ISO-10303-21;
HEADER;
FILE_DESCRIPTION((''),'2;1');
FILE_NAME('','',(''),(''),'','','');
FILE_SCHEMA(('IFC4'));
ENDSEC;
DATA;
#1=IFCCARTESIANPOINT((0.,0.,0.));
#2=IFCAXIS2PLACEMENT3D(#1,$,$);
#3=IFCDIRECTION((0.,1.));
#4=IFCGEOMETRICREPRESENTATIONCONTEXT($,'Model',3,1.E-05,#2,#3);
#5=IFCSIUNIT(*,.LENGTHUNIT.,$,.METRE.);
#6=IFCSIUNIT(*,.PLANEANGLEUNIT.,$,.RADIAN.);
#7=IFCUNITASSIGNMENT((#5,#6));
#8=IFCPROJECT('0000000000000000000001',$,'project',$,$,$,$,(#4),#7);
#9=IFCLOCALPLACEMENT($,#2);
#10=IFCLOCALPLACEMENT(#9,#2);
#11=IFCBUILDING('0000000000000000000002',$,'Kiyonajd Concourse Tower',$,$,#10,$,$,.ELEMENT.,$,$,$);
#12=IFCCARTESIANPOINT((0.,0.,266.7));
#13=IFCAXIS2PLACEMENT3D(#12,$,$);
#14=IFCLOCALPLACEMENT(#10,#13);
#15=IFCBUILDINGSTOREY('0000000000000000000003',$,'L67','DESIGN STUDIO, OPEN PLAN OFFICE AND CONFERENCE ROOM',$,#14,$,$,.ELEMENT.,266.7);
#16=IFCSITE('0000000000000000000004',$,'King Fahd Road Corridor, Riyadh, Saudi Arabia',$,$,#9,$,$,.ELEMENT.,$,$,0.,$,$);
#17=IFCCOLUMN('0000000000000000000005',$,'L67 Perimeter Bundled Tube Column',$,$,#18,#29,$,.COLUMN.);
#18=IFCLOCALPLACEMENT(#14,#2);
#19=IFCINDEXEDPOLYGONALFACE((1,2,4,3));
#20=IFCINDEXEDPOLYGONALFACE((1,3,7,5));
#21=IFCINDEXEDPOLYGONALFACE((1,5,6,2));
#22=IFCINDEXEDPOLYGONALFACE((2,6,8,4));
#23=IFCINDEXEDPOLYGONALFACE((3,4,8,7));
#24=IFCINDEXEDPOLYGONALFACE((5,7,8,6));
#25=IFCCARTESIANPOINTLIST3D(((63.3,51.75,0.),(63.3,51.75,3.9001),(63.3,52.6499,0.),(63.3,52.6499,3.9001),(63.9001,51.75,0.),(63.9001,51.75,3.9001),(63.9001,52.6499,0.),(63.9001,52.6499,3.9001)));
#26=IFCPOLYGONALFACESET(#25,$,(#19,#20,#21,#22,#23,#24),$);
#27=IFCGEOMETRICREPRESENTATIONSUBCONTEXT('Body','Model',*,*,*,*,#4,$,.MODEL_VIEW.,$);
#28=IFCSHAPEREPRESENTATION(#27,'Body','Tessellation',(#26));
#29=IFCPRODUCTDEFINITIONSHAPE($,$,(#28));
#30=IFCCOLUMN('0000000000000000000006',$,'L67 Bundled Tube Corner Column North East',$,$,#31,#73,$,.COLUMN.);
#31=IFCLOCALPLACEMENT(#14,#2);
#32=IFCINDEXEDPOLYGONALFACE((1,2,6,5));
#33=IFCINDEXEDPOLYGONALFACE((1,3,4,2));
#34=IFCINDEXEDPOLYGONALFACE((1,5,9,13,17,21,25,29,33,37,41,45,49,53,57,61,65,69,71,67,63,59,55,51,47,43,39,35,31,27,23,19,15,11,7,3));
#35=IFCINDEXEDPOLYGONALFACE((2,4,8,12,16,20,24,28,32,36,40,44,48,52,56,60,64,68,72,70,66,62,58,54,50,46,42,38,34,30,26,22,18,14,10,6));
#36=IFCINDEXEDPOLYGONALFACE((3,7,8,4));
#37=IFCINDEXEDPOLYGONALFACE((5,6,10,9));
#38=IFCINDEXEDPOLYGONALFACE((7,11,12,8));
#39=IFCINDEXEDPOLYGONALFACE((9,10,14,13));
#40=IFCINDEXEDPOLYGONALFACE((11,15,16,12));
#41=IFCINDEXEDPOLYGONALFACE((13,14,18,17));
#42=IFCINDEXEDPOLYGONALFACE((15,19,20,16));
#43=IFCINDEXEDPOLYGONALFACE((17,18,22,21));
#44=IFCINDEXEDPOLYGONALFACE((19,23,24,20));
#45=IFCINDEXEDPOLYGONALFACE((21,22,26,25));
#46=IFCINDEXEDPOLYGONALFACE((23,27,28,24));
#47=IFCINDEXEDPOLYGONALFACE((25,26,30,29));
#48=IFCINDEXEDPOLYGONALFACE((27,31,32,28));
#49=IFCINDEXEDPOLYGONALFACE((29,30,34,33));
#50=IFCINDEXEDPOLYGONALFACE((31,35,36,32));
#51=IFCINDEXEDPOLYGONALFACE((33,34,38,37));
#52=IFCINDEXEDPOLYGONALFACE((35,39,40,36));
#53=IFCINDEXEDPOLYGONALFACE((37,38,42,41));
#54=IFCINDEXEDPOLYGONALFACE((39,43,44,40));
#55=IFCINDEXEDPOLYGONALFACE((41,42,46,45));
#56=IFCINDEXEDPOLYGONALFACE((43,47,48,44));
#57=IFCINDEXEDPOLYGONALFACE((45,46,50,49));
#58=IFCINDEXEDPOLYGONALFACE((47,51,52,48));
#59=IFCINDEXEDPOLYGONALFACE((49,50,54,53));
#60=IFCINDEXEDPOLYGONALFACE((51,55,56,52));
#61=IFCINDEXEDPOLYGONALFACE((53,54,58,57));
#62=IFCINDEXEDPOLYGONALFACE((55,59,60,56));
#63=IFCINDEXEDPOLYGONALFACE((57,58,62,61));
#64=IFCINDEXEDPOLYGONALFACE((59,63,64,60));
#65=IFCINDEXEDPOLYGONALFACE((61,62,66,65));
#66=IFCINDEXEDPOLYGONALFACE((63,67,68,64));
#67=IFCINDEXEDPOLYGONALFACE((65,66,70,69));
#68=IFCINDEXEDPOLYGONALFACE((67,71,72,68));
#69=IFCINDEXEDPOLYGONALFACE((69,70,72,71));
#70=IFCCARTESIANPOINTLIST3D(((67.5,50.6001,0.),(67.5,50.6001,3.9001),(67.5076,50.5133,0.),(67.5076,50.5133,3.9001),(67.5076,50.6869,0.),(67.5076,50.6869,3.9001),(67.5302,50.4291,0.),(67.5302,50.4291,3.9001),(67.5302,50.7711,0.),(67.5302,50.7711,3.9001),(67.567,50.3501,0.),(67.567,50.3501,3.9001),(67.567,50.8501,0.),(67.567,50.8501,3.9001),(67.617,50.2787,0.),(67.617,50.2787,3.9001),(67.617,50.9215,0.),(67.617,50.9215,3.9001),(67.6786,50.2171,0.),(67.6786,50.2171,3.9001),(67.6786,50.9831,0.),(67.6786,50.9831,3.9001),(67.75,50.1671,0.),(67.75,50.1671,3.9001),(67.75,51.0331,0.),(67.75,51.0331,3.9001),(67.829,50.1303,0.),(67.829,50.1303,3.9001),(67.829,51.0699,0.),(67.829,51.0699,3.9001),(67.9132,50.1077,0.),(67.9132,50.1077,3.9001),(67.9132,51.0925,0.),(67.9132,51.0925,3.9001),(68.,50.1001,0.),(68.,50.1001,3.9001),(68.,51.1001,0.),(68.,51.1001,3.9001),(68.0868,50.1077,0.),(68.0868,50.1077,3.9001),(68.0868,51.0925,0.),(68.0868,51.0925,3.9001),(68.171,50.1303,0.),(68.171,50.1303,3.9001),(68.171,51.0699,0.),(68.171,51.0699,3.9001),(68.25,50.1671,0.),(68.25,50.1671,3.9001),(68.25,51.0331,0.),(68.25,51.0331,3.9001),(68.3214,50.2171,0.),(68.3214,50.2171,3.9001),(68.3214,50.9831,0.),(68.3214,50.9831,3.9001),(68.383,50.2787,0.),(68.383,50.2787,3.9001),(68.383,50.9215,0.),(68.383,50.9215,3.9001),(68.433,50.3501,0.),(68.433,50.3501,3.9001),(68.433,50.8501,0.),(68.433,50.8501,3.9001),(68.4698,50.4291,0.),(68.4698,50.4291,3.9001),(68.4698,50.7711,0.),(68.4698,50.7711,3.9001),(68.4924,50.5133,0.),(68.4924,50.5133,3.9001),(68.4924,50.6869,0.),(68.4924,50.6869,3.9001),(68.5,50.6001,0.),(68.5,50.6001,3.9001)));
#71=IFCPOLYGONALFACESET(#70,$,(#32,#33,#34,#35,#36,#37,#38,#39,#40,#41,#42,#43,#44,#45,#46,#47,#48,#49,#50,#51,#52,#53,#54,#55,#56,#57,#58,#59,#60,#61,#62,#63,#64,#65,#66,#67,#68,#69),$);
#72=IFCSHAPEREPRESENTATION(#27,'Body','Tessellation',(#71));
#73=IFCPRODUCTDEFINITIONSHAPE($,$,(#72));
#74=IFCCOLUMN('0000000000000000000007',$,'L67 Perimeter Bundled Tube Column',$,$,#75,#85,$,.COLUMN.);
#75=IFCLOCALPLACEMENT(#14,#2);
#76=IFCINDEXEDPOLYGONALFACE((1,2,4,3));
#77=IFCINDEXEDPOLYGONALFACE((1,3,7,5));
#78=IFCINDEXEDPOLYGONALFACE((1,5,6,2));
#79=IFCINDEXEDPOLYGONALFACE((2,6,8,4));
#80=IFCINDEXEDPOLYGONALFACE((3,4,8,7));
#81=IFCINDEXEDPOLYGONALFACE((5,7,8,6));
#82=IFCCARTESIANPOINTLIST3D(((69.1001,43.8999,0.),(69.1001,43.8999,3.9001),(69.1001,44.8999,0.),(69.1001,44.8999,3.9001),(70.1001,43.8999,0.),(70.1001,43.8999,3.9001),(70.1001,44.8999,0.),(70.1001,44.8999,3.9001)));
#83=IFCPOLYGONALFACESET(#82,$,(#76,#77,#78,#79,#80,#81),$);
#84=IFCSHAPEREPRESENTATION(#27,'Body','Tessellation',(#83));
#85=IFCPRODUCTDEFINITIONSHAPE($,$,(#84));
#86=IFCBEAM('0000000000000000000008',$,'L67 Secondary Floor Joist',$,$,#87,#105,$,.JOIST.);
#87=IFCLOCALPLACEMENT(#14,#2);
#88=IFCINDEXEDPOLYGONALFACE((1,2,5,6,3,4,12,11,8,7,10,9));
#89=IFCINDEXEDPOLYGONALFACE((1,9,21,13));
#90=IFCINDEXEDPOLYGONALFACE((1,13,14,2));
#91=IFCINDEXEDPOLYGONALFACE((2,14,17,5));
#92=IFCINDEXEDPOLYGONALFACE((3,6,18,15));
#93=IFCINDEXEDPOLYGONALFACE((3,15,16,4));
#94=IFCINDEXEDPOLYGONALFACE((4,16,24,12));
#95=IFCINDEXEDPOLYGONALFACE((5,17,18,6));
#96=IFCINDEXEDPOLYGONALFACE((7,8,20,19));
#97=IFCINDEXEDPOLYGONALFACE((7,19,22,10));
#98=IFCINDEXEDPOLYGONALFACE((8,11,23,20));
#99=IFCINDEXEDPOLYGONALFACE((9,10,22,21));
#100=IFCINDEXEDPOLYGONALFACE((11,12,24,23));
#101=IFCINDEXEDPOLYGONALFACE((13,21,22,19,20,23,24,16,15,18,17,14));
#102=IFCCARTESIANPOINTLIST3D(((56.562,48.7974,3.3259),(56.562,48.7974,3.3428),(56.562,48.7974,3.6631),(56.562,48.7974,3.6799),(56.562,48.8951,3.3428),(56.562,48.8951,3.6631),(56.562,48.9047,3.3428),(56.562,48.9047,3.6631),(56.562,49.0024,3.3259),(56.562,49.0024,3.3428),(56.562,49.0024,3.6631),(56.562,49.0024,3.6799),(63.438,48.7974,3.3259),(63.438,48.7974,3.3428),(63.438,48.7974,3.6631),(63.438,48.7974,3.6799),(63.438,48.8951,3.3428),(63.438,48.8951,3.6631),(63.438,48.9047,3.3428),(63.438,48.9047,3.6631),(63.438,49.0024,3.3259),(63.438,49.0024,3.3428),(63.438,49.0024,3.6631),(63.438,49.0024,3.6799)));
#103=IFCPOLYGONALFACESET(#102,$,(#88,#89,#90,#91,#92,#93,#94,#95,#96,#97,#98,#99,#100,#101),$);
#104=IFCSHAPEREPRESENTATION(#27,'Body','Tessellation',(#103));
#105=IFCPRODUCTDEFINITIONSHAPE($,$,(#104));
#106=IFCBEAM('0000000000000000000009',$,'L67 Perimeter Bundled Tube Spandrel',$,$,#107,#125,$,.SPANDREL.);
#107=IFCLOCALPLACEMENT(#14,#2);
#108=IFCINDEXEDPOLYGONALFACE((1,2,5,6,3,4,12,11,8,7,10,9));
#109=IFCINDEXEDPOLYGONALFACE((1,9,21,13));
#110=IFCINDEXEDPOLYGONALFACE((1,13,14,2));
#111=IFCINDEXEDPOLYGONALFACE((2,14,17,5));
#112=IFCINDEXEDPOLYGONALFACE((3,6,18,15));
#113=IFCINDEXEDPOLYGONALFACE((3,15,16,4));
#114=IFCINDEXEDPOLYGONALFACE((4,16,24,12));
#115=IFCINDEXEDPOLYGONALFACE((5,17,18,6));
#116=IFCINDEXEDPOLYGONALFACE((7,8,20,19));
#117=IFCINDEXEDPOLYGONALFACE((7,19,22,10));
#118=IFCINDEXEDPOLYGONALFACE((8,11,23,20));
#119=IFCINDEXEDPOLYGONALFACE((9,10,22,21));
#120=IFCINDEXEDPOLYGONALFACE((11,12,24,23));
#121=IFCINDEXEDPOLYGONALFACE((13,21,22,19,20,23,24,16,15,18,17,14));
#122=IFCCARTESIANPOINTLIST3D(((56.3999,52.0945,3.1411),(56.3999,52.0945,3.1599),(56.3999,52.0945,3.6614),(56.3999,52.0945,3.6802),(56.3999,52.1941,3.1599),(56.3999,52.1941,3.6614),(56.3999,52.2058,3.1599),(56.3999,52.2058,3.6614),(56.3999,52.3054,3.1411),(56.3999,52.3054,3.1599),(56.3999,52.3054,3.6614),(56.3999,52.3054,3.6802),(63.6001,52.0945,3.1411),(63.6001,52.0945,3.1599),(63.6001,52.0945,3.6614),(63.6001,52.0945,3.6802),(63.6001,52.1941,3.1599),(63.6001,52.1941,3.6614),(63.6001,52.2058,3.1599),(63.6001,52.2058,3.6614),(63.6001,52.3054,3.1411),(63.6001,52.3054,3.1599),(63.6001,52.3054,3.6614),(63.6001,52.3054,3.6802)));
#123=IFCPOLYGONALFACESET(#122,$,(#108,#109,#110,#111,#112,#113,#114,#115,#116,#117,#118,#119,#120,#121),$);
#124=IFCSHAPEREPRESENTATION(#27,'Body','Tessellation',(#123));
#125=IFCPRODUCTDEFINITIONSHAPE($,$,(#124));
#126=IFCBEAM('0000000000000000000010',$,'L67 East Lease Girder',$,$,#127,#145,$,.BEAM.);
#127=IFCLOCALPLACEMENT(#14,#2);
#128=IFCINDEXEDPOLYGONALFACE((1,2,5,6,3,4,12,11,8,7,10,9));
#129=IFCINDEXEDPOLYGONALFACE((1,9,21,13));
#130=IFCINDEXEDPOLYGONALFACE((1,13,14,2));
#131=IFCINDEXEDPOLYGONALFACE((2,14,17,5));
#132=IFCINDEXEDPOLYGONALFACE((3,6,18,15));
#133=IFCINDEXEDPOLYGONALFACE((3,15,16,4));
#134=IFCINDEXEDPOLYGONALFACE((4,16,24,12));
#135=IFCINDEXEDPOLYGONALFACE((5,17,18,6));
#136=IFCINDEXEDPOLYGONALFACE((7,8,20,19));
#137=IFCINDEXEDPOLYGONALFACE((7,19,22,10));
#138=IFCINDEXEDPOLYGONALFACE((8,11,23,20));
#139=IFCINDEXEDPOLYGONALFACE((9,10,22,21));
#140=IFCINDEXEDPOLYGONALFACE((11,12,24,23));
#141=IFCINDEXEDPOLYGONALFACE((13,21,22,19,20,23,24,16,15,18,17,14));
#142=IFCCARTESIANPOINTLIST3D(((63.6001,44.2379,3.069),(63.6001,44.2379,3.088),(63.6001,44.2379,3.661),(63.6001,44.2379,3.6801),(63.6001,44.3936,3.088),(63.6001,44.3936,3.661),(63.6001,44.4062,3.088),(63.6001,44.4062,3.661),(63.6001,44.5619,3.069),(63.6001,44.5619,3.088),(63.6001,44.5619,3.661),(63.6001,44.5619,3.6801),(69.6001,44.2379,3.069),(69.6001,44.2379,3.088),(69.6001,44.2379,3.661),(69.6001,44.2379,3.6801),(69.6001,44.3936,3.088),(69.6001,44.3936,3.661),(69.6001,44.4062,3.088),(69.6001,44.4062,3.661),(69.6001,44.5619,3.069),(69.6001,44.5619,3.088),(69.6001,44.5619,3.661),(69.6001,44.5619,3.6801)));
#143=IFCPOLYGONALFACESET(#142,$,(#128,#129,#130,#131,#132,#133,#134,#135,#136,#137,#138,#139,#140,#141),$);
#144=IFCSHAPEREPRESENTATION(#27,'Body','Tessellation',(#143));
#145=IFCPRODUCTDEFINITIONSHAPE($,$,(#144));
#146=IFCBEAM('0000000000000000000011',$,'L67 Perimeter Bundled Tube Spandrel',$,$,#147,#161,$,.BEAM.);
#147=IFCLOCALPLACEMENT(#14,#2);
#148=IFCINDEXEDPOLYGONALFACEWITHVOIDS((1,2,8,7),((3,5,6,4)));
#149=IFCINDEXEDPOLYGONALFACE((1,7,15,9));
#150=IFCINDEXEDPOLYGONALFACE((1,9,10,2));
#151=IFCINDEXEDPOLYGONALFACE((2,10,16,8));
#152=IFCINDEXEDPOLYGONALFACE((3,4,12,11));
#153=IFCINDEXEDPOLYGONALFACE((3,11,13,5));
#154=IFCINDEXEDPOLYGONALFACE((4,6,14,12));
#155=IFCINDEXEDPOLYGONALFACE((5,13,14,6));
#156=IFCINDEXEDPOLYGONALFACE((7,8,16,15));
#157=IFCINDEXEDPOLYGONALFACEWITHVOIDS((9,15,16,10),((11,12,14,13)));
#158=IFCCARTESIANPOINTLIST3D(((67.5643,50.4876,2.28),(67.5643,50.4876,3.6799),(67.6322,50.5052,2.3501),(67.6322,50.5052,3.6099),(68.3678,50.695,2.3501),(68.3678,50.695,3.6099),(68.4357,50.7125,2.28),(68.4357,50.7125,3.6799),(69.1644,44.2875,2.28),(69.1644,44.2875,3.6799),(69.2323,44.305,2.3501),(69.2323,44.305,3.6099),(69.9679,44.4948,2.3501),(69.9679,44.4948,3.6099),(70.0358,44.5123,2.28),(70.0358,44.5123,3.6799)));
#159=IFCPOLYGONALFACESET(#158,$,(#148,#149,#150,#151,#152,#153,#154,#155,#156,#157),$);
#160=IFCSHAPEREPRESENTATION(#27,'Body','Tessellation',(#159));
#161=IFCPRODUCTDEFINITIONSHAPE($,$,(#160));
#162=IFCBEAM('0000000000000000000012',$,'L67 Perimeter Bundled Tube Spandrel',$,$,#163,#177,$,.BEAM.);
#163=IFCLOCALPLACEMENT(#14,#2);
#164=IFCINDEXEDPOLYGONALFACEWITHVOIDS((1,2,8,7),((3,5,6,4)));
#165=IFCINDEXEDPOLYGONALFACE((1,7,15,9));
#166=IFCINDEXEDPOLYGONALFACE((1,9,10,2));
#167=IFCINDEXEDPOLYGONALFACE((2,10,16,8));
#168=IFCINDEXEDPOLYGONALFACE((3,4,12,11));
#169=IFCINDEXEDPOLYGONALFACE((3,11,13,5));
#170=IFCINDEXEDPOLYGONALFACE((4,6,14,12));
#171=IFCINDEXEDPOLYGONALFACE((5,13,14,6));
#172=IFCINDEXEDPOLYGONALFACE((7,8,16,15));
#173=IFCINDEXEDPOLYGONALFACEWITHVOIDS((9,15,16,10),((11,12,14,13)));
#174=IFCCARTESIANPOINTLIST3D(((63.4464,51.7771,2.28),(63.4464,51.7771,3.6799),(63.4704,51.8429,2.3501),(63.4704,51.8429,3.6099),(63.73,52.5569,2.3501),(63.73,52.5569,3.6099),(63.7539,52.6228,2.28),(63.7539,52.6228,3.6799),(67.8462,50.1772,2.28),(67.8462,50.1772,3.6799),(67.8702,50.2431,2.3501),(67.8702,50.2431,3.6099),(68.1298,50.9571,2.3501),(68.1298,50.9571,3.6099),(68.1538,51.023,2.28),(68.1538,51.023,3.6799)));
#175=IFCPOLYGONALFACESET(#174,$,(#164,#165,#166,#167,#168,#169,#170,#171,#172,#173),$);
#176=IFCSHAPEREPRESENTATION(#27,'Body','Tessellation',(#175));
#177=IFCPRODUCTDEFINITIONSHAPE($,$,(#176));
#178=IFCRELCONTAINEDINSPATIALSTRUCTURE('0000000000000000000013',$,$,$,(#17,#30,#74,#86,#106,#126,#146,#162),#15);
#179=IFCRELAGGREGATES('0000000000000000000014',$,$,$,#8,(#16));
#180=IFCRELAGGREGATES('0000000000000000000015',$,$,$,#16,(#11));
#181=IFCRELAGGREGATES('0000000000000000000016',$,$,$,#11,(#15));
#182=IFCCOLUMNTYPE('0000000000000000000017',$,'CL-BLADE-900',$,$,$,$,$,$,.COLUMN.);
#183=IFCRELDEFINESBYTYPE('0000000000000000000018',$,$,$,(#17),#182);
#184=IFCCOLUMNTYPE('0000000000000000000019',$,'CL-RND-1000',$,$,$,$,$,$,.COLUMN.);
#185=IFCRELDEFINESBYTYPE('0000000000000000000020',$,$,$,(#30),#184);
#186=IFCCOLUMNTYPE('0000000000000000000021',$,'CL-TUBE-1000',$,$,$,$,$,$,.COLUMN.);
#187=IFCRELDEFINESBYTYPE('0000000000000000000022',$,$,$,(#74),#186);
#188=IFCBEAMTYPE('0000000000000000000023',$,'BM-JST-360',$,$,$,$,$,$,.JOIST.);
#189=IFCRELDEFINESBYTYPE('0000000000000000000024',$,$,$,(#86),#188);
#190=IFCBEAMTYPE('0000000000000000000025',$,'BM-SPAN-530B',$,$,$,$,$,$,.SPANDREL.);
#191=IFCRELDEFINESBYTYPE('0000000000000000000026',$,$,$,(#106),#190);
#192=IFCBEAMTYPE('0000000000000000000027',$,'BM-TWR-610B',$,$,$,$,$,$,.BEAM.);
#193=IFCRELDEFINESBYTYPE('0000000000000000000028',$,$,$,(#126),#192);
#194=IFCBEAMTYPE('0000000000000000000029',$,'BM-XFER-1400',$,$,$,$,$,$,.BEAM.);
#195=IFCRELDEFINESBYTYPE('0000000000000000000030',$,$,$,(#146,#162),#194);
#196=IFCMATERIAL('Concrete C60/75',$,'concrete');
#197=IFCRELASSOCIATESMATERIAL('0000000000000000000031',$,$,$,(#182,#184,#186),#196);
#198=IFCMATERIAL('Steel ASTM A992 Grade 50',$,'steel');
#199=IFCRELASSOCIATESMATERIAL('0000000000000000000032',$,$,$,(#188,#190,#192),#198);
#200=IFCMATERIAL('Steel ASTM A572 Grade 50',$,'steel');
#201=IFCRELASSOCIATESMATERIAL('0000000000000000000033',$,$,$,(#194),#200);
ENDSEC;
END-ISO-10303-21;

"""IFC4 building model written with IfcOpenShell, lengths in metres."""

from ifc_helpers import new_model, si_unit, direction, frame, origin, origin_2d, place, context, subcontext, project, spatial, rectangle, hollow_rectangle, circle, i_section, extrude, material, material_profile, profile_set, type_object, element, save


model = new_model("IFC4")

# Units and contexts
model_context = context("Model", 3, precision=1e-05, world=origin(), true_north=direction((0.0, 1.0)))
body_context = subcontext(model_context, "Body", "Model", "MODEL_VIEW")
ifc_project = project(units=[si_unit("LENGTHUNIT", "METRE"), si_unit("PLANEANGLEUNIT", "RADIAN")], contexts=[model_context])

# Site, building, storey
site_placement = place(None, origin())
site = spatial("IfcSite", under=ifc_project, at=site_placement, Name="King Fahd Road Corridor, Riyadh, Saudi Arabia", CompositionType="ELEMENT", RefElevation=0.0)
building_placement = place(site_placement, origin())
building = spatial("IfcBuilding", under=site, at=building_placement, Name="Kiyonajd Concourse Tower", CompositionType="ELEMENT")
storey_placement = place(building_placement, frame((0.0, 0.0, 266.7)))
storey = spatial("IfcBuildingStorey", under=building, at=storey_placement, Name="L67", Description="DESIGN STUDIO, OPEN PLAN OFFICE AND CONFERENCE ROOM", CompositionType="ELEMENT", Elevation=266.7)

# Columns
ifc_material_1 = material(Name="Concrete C60/75", Category="concrete")
ifc_material_profile_1 = material_profile(ifc_material_1, rectangle(XDim=0.6001, YDim=0.8999, at=origin_2d()), Name="RC-900x600")
ifc_profile_set_1 = profile_set([ifc_material_profile_1], Name="Concrete C60/75")
column_type_1 = type_object("IfcColumnType", Name="CL-BLADE-900", PredefinedType="COLUMN", material=ifc_profile_set_1)
column_1_placement = place(storey_placement, frame((63.6001, 52.2, 0.0), z_axis=(0.0, 0.0, 1.0), x_axis=(1.0, 0.0, 0.0)))
element("IfcColumn", 1, at=column_1_placement, inside=storey, type_object=column_type_1, Name="L67 Perimeter Bundled Tube Column", PredefinedType="COLUMN", context=body_context, shape_type="SweptSolid", body=[
    extrude(rectangle(XDim=0.6001, YDim=0.8999, at=origin_2d()), origin(), (0.0, 0.0, 1.0), 3.9001),
])
ifc_material_profile_2 = material_profile(ifc_material_1, circle(Radius=0.5, at=origin_2d()), Name="RCC-D1000")
ifc_profile_set_2 = profile_set([ifc_material_profile_2], Name="Concrete C60/75")
column_type_2 = type_object("IfcColumnType", Name="CL-RND-1000", PredefinedType="COLUMN", material=ifc_profile_set_2)
column_2_placement = place(storey_placement, frame((68.0, 50.6001, 0.0), z_axis=(0.0, 0.0, 1.0), x_axis=(1.0, 0.0, 0.0)))
element("IfcColumn", 2, at=column_2_placement, inside=storey, type_object=column_type_2, Name="L67 Bundled Tube Corner Column North East", PredefinedType="COLUMN", context=body_context, shape_type="SweptSolid", body=[
    extrude(circle(Radius=0.5, at=origin_2d()), origin(), (0.0, 0.0, 1.0), 3.9001),
])
ifc_material_profile_3 = material_profile(ifc_material_1, rectangle(XDim=1.0, YDim=1.0, at=origin_2d()), Name="RC-1000x1000")
ifc_profile_set_3 = profile_set([ifc_material_profile_3], Name="Concrete C60/75")
column_type_3 = type_object("IfcColumnType", Name="CL-TUBE-1000", PredefinedType="COLUMN", material=ifc_profile_set_3)
column_3_placement = place(storey_placement, frame((69.6001, 44.3999, 0.0), z_axis=(0.0, 0.0, 1.0), x_axis=(1.0, 0.0, 0.0)))
element("IfcColumn", 3, at=column_3_placement, inside=storey, type_object=column_type_3, Name="L67 Perimeter Bundled Tube Column", PredefinedType="COLUMN", context=body_context, shape_type="SweptSolid", body=[
    extrude(rectangle(XDim=1.0, YDim=1.0, at=origin_2d()), origin(), (0.0, 0.0, 1.0), 3.9001),
])

# Beams
ifc_material_2 = material(Name="Steel ASTM A992 Grade 50", Category="steel")
ifc_material_profile_4 = material_profile(ifc_material_2, i_section(OverallWidth=0.2051, OverallDepth=0.354, WebThickness=0.0095, FlangeThickness=0.0168, at=origin_2d()), Name="W360X79")
ifc_profile_set_4 = profile_set([ifc_material_profile_4], Name="Steel ASTM A992 Grade 50")
beam_type_1 = type_object("IfcBeamType", Name="BM-JST-360", PredefinedType="JOIST", material=ifc_profile_set_4)
beam_1_placement = place(storey_placement, frame((56.562, 48.8999, 3.5029), z_axis=(1.0, 0.0, 0.0), x_axis=(0.0, 1.0, 0.0)))
element("IfcBeam", 4, at=beam_1_placement, inside=storey, type_object=beam_type_1, Name="L67 Secondary Floor Joist", PredefinedType="JOIST", context=body_context, shape_type="SweptSolid", body=[
    extrude(i_section(OverallWidth=0.2051, OverallDepth=0.354, WebThickness=0.0095, FlangeThickness=0.0168, at=origin_2d()), origin(), (0.0, 0.0, 1.0), 6.876),
])
ifc_material_profile_5 = material_profile(ifc_material_2, i_section(OverallWidth=0.2109, OverallDepth=0.5391, WebThickness=0.0117, FlangeThickness=0.0188, at=origin_2d()), Name="W530X109")
ifc_profile_set_5 = profile_set([ifc_material_profile_5], Name="Steel ASTM A992 Grade 50")
beam_type_2 = type_object("IfcBeamType", Name="BM-SPAN-530B", PredefinedType="SPANDREL", material=ifc_profile_set_5)
beam_2_placement = place(storey_placement, frame((63.6001, 52.2, 3.4106), z_axis=(-1.0, 0.0, 0.0), x_axis=(0.0, -1.0, 0.0)))
element("IfcBeam", 5, at=beam_2_placement, inside=storey, type_object=beam_type_2, Name="L67 Perimeter Bundled Tube Spandrel", PredefinedType="SPANDREL", context=body_context, shape_type="SweptSolid", body=[
    extrude(i_section(OverallWidth=0.2109, OverallDepth=0.5391, WebThickness=0.0117, FlangeThickness=0.0188, at=origin_2d()), origin(), (0.0, 0.0, 1.0), 7.2002),
])
ifc_material_profile_6 = material_profile(ifc_material_2, i_section(OverallWidth=0.324, OverallDepth=0.6111, WebThickness=0.0127, FlangeThickness=0.019, at=origin_2d()), Name="W610X155")
ifc_profile_set_6 = profile_set([ifc_material_profile_6], Name="Steel ASTM A992 Grade 50")
beam_type_3 = type_object("IfcBeamType", Name="BM-TWR-610B", PredefinedType="BEAM", material=ifc_profile_set_6)
beam_3_placement = place(storey_placement, frame((63.6001, 44.3999, 3.3745), z_axis=(1.0, 0.0, 0.0), x_axis=(0.0, 1.0, 0.0)))
element("IfcBeam", 6, at=beam_3_placement, inside=storey, type_object=beam_type_3, Name="L67 East Lease Girder", PredefinedType="BEAM", context=body_context, shape_type="SweptSolid", body=[
    extrude(i_section(OverallWidth=0.324, OverallDepth=0.6111, WebThickness=0.0127, FlangeThickness=0.019, at=origin_2d()), origin(), (0.0, 0.0, 1.0), 6.0),
])
ifc_material_3 = material(Name="Steel ASTM A572 Grade 50", Category="steel")
ifc_material_profile_7 = material_profile(ifc_material_3, hollow_rectangle(XDim=0.8999, YDim=1.3999, WallThickness=0.0701, at=origin_2d()), Name="BOX-1400x900x70")
ifc_profile_set_7 = profile_set([ifc_material_profile_7], Name="Steel ASTM A572 Grade 50")
beam_type_4 = type_object("IfcBeamType", Name="BM-XFER-1400", PredefinedType="BEAM", material=ifc_profile_set_7)
beam_4_placement = place(storey_placement, frame((69.6001, 44.3999, 2.98), z_axis=(-0.249885, 0.968276, 0.0), x_axis=(-0.968276, -0.249885, 0.0)))
element("IfcBeam", 7, at=beam_4_placement, inside=storey, type_object=beam_type_4, Name="L67 Perimeter Bundled Tube Spandrel", PredefinedType="BEAM", context=body_context, shape_type="SweptSolid", body=[
    extrude(hollow_rectangle(XDim=0.8999, YDim=1.3999, WallThickness=0.0701, at=origin_2d()), origin(), (0.0, 0.0, 1.0), 6.4033),
])
beam_5_placement = place(storey_placement, frame((68.0, 50.6001, 2.98), z_axis=(-0.939801, 0.341722, 0.0), x_axis=(-0.341722, -0.939801, 0.0)))
element("IfcBeam", 8, at=beam_5_placement, inside=storey, type_object=beam_type_4, Name="L67 Perimeter Bundled Tube Spandrel", PredefinedType="BEAM", context=body_context, shape_type="SweptSolid", body=[
    extrude(hollow_rectangle(XDim=0.8999, YDim=1.3999, WallThickness=0.0701, at=origin_2d()), origin(), (0.0, 0.0, 1.0), 4.6816),
])

save(model, "model.ifc")
